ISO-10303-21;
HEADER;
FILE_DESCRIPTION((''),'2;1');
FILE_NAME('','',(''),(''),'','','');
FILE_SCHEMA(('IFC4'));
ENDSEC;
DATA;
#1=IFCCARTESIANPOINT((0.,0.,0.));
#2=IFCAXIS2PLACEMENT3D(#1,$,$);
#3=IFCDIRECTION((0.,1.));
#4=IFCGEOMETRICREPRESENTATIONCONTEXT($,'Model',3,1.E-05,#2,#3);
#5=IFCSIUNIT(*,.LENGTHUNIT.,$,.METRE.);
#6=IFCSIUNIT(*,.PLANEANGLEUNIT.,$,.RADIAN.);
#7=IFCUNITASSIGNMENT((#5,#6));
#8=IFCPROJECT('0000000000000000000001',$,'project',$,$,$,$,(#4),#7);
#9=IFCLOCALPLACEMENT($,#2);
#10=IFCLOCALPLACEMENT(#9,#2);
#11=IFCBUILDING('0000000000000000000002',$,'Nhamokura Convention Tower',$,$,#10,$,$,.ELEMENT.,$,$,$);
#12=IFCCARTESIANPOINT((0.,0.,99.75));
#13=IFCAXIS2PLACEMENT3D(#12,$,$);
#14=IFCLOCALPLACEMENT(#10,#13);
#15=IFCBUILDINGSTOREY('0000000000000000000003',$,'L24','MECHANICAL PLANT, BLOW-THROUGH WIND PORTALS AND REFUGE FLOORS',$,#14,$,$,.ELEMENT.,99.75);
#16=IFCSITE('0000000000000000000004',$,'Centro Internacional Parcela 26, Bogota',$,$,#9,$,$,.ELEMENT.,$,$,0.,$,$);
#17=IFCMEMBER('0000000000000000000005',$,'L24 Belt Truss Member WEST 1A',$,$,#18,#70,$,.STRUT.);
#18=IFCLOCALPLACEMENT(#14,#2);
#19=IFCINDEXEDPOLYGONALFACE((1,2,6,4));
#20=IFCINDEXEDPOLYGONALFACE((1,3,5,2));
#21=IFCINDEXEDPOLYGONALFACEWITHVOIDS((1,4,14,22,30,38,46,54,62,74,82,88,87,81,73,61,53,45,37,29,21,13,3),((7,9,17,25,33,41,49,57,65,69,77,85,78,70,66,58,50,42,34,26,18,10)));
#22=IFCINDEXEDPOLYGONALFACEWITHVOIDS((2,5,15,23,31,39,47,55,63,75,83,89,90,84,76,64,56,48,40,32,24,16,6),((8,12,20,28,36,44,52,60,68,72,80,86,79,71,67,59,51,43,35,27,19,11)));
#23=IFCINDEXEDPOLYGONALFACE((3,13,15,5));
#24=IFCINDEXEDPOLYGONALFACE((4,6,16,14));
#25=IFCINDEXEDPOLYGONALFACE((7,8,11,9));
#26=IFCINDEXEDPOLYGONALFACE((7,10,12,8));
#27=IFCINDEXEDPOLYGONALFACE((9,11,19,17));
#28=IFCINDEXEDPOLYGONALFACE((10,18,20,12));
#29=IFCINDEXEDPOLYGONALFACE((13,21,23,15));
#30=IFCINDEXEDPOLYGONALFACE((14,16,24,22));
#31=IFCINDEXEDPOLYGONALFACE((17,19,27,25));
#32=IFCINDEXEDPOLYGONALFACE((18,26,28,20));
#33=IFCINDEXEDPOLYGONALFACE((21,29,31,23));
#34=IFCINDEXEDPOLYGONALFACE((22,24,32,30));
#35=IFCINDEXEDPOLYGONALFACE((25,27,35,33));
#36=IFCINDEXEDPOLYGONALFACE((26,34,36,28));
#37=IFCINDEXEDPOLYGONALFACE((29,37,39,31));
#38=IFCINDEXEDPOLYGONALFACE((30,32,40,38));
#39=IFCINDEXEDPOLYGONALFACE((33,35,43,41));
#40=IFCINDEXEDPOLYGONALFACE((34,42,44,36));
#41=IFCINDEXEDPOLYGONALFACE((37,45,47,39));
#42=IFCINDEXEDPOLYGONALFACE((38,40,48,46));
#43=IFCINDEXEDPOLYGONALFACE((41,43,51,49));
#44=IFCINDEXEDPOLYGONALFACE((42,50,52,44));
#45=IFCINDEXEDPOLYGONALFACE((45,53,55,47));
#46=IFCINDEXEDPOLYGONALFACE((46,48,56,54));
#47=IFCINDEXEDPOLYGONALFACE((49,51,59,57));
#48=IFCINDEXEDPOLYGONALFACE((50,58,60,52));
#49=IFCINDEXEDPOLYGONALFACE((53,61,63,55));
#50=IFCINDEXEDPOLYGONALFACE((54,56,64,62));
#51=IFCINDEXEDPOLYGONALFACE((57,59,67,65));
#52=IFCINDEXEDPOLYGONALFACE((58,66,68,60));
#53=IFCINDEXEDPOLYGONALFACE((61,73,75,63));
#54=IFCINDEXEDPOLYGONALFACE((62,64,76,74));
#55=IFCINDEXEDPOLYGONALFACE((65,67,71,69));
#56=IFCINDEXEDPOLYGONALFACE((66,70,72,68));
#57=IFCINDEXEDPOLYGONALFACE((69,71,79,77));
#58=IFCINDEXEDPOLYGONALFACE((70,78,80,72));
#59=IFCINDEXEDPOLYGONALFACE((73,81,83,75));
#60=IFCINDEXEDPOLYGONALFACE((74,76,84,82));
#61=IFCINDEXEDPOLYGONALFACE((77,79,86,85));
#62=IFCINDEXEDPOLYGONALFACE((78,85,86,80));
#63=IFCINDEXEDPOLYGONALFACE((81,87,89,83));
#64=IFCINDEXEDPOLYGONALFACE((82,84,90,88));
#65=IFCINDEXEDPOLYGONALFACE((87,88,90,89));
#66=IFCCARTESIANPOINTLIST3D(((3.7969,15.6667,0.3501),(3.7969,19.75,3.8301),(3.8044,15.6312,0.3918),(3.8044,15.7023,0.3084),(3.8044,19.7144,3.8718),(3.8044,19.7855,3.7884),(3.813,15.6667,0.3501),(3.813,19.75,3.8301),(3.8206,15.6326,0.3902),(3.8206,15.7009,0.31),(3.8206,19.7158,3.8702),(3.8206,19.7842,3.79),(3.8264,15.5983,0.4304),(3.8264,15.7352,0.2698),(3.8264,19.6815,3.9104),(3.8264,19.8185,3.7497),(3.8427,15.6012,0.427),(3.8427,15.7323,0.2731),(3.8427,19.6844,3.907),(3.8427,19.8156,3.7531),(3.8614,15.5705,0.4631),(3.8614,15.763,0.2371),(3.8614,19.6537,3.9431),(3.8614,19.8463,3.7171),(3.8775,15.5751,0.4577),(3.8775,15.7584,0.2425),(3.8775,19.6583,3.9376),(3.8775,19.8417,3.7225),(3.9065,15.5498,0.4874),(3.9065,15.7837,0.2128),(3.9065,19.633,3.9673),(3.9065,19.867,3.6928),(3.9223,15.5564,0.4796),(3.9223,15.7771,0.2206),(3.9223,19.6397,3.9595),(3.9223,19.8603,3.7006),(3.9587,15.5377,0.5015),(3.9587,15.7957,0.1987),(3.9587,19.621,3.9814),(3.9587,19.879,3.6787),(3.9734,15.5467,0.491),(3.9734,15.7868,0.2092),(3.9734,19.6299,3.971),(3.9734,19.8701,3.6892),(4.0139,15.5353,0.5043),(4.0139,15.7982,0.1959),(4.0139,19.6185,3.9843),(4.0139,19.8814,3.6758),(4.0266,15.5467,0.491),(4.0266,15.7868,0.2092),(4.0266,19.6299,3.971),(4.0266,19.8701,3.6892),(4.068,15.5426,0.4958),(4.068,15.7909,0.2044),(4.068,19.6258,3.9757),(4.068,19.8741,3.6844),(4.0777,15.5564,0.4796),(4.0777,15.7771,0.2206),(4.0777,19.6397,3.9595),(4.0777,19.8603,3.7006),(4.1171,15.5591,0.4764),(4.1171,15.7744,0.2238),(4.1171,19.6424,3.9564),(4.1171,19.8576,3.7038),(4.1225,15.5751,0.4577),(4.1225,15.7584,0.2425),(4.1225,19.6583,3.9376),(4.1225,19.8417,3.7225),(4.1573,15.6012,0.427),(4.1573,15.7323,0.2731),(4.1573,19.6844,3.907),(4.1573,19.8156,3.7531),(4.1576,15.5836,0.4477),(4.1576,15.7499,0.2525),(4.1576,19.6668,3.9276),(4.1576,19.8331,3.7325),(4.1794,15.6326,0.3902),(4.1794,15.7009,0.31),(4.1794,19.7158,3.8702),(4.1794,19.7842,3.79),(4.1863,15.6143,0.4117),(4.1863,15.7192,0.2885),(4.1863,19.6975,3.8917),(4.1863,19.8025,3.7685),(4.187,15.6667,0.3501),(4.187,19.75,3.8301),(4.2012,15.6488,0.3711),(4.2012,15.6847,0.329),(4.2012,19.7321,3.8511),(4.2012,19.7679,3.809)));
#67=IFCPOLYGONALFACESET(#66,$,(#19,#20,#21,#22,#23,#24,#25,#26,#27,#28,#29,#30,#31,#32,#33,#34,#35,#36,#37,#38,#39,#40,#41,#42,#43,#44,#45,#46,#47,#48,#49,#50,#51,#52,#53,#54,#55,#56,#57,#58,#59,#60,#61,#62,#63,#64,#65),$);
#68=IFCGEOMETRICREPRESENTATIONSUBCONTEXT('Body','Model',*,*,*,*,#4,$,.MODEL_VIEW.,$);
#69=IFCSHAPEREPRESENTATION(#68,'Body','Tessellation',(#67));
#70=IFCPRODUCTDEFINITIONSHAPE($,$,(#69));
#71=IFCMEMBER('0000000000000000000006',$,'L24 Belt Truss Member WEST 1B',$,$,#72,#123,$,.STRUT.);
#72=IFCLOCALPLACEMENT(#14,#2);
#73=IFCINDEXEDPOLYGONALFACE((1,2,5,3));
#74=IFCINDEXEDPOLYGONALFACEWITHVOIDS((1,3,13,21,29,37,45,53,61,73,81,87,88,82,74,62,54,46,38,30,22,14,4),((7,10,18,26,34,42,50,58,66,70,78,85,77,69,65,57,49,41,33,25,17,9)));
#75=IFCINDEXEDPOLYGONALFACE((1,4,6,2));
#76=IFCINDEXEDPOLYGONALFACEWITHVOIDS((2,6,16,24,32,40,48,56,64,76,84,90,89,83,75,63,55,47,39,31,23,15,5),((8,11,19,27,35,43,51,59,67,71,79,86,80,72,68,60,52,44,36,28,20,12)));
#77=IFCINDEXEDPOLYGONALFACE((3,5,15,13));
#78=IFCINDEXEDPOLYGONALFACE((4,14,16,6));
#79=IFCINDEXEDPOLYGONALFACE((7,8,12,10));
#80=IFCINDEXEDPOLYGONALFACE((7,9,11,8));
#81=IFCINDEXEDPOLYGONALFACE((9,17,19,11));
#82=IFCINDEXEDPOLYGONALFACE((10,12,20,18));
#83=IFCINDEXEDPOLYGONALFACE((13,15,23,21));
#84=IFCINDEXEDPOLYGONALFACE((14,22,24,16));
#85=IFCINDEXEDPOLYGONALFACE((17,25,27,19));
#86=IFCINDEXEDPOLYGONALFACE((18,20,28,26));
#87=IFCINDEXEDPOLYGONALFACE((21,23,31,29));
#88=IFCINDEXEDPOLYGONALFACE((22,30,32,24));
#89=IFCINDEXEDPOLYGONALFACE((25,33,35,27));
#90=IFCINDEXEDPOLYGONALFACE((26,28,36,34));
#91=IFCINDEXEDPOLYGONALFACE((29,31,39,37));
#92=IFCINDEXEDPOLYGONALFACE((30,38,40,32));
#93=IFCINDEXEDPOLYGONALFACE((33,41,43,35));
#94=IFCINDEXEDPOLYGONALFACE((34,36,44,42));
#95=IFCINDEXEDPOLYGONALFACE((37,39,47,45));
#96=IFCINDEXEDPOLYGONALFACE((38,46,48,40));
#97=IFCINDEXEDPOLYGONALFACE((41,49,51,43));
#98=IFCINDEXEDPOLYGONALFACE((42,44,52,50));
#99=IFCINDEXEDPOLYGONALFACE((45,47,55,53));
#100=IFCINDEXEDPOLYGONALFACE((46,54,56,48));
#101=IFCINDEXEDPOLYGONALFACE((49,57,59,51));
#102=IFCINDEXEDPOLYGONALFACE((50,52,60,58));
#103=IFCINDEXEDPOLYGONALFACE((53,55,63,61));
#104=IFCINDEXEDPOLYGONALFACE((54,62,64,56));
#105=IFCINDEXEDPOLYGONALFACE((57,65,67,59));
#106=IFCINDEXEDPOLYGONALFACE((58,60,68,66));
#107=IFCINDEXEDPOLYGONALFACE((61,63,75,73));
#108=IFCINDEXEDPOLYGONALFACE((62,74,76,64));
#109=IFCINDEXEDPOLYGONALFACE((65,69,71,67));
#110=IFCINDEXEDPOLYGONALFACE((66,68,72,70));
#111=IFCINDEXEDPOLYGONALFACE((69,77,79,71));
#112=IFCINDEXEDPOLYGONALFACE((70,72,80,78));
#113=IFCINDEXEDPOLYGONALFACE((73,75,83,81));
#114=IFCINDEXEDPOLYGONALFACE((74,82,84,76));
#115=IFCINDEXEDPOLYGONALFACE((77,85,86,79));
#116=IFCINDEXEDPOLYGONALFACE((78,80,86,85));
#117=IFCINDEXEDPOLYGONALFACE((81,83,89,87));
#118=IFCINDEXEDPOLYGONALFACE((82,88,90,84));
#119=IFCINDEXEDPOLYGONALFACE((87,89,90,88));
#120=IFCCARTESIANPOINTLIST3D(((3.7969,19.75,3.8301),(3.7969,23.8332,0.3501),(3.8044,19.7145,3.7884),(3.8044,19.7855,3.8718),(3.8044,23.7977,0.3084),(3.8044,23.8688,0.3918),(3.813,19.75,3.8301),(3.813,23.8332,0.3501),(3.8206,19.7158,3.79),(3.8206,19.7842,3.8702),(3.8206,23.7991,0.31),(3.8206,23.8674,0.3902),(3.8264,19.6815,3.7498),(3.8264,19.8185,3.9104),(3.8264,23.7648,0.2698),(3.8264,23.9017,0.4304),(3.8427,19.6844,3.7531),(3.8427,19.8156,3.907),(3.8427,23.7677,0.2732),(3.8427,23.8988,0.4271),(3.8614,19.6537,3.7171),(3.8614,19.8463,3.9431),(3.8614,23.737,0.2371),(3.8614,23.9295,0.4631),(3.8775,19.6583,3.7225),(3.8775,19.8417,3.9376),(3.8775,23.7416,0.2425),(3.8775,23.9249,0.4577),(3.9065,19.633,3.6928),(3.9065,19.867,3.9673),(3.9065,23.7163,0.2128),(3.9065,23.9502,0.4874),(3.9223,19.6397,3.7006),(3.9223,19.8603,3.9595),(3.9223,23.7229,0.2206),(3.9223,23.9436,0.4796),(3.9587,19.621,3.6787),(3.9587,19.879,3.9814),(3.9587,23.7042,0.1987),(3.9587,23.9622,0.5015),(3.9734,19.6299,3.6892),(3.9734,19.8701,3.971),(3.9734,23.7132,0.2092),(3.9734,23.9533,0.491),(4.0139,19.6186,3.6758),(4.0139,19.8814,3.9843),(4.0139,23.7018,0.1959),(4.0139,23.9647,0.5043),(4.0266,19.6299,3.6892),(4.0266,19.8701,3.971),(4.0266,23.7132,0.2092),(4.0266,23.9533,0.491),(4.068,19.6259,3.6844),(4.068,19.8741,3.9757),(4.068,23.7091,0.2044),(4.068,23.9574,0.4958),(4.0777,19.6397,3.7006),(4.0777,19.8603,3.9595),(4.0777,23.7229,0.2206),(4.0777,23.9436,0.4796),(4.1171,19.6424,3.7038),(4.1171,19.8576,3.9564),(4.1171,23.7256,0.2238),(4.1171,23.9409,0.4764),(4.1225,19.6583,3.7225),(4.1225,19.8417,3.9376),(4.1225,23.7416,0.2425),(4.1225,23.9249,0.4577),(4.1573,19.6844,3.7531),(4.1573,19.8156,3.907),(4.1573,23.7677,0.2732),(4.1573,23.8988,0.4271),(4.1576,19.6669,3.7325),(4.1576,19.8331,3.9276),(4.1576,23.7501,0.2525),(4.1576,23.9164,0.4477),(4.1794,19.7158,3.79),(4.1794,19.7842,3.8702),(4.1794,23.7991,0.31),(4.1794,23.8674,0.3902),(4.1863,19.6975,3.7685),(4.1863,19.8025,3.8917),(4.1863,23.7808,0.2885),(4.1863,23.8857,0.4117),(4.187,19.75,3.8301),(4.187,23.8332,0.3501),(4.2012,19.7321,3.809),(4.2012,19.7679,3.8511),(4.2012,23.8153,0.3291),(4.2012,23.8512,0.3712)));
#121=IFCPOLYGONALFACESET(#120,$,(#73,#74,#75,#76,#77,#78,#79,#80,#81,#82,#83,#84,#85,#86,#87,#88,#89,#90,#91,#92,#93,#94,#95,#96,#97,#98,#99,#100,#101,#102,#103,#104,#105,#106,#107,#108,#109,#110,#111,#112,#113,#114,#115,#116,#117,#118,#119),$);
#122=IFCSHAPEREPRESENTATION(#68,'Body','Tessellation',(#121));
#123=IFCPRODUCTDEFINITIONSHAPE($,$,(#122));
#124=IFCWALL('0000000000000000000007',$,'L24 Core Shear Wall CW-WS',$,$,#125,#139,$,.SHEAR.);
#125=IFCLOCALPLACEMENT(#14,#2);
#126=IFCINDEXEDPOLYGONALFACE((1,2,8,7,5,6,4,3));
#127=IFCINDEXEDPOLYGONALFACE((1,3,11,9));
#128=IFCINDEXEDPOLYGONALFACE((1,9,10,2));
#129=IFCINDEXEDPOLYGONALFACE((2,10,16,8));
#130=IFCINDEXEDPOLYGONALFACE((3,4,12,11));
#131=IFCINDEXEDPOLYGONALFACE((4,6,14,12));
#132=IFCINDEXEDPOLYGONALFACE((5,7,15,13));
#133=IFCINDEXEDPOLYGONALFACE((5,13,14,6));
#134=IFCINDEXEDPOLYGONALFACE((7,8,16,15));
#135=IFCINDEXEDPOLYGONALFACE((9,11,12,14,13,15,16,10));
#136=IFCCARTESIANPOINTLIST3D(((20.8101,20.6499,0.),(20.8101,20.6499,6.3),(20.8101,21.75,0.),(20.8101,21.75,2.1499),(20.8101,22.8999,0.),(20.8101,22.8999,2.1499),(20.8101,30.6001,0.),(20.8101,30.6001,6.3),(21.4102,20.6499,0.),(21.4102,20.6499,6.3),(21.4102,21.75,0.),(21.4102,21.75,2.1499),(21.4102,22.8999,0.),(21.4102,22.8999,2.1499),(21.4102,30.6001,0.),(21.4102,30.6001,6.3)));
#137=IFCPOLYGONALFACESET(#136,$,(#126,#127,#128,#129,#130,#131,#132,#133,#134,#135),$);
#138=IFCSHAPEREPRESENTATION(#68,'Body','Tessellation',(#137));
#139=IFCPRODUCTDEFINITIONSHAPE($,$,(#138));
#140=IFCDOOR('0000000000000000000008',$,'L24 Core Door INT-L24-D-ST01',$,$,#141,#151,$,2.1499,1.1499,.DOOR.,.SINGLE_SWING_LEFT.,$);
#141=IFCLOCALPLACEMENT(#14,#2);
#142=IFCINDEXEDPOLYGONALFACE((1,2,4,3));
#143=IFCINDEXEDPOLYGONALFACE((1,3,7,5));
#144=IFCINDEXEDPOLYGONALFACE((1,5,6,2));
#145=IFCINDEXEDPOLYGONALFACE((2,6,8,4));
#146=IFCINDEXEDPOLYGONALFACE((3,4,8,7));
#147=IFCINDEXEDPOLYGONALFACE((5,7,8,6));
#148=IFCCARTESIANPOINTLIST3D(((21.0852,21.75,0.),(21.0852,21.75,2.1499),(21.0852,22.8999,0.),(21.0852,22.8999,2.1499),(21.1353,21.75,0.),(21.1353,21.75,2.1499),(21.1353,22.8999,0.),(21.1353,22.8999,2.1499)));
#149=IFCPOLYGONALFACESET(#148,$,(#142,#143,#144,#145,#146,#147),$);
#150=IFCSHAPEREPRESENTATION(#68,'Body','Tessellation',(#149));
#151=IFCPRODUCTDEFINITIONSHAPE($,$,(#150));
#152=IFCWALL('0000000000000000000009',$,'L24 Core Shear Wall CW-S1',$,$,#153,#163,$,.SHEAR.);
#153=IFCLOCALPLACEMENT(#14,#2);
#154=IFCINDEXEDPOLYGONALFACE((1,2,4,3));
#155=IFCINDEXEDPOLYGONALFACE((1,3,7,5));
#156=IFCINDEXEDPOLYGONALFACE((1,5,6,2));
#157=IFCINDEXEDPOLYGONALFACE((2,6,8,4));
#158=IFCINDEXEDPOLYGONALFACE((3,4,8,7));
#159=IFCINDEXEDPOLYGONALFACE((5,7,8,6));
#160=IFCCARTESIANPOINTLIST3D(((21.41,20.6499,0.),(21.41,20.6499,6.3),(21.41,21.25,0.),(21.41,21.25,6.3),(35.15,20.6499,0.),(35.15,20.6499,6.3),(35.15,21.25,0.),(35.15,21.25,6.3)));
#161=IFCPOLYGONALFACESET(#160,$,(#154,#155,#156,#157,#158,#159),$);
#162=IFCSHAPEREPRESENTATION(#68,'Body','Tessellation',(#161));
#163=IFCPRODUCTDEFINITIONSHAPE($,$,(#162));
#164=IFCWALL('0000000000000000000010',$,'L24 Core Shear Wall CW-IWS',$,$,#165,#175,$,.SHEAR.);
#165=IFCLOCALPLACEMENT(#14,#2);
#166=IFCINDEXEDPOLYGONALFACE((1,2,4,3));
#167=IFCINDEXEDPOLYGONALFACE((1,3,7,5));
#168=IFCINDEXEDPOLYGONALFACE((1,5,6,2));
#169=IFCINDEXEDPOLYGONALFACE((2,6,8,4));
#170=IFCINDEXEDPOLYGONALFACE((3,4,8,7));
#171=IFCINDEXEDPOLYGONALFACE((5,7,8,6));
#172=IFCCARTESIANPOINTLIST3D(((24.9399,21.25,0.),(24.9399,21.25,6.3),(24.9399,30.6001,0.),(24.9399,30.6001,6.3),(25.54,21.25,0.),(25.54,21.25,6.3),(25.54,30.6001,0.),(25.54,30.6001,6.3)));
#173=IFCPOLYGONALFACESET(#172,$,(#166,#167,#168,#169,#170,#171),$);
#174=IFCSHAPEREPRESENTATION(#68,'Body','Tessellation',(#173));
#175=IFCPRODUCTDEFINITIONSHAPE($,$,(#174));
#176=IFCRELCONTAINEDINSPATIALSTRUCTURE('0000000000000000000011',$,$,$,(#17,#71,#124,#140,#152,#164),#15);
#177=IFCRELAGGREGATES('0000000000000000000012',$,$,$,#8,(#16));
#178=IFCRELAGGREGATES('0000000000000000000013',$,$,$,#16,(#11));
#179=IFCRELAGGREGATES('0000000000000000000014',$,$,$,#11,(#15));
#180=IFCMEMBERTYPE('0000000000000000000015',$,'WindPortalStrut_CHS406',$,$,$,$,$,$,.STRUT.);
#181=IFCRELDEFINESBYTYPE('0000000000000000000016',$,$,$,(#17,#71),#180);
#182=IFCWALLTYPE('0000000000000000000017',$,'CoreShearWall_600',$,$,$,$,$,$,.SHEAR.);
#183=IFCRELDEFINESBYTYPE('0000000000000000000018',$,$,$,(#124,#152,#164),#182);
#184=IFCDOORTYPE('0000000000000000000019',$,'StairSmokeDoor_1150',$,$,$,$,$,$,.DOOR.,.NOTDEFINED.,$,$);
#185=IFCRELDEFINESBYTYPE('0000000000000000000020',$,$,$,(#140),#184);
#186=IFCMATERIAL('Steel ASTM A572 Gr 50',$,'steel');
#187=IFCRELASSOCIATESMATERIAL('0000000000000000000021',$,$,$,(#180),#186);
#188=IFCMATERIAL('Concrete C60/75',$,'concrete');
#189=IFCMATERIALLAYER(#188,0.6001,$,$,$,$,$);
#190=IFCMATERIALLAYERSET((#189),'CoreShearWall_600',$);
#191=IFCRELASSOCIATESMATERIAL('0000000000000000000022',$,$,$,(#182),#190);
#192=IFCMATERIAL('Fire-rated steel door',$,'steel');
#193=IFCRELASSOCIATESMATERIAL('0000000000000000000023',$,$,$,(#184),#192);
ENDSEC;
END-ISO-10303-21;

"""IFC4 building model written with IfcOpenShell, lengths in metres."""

from ifc_helpers import new_model, si_unit, direction, frame, frame_2d, origin, origin_2d, place, context, subcontext, project, spatial, rectangle, hollow_circle, extrude, material, layer, layer_set, material_profile, profile_set, type_object, element, fill, save


model = new_model("IFC4")

# Units and contexts
model_context = context("Model", 3, precision=1e-05, world=origin(), true_north=direction((0.0, 1.0)))
body_context = subcontext(model_context, "Body", "Model", "MODEL_VIEW")
ifc_project = project(units=[si_unit("LENGTHUNIT", "METRE"), si_unit("PLANEANGLEUNIT", "RADIAN")], contexts=[model_context])

# Site, building, storey
site_placement = place(None, origin())
site = spatial("IfcSite", under=ifc_project, at=site_placement, Name="Centro Internacional Parcela 26, Bogota", CompositionType="ELEMENT", RefElevation=0.0)
building_placement = place(site_placement, origin())
building = spatial("IfcBuilding", under=site, at=building_placement, Name="Nhamokura Convention Tower", CompositionType="ELEMENT")
storey_placement = place(building_placement, frame((0.0, 0.0, 99.75)))
storey = spatial("IfcBuildingStorey", under=building, at=storey_placement, Name="L24", Description="MECHANICAL PLANT, BLOW-THROUGH WIND PORTALS AND REFUGE FLOORS", CompositionType="ELEMENT", Elevation=99.75)

# Members
ifc_material_1 = material(Name="Steel ASTM A572 Gr 50", Category="steel")
ifc_material_profile_1 = material_profile(ifc_material_1, hollow_circle(Radius=0.2031, WallThickness=0.0161, at=origin_2d()))
ifc_profile_set_1 = profile_set([ifc_material_profile_1], Name="Steel ASTM A572 Gr 50")
member_type_1 = type_object("IfcMemberType", Name="WindPortalStrut_CHS406", PredefinedType="STRUT", material=ifc_profile_set_1)
for number, where, z_axis, x_axis, name in (
    (1, (4.0, 15.6667, 0.3501), (0.0, 0.761091, 0.648645), (-1.0, 0.0, 0.0), "L24 Belt Truss Member WEST 1A"),
    (2, (4.0, 19.75, 3.8301), (0.0, 0.761091, -0.648645), (-1.0, 0.0, 0.0), "L24 Belt Truss Member WEST 1B"),
):
    element("IfcMember", number, at=place(storey_placement, frame(where, z_axis=z_axis, x_axis=x_axis)), inside=storey, type_object=member_type_1, Name=name, PredefinedType="STRUT", context=body_context, shape_type="SweptSolid", body=[
        extrude(hollow_circle(Radius=0.2031, WallThickness=0.0161, at=origin_2d()), origin(), (0.0, 0.0, 1.0), 5.365),
    ])

# Wall, opening, door
ifc_material_2 = material(Name="Concrete C60/75", Category="concrete")
ifc_layer_1 = layer(ifc_material_2, 0.6001)
ifc_layer_set_1 = layer_set([ifc_layer_1], Name="CoreShearWall_600")
wall_type_1 = type_object("IfcWallType", Name="CoreShearWall_600", PredefinedType="SHEAR", material=ifc_layer_set_1)
wall_1_placement = place(storey_placement, frame((21.1101, 20.6499, 0.0), z_axis=(0.0, 0.0, 1.0), x_axis=(0.0, 1.0, 0.0)))
wall_1 = element("IfcWall", 3, at=wall_1_placement, inside=storey, type_object=wall_type_1, Name="L24 Core Shear Wall CW-WS", PredefinedType="SHEAR", context=body_context, shape_type="SweptSolid", body=[
    extrude(rectangle(XDim=9.9502, YDim=0.6001, at=frame_2d((4.9751, 0.0))), origin(), (0.0, 0.0, 1.0), 6.3),
])
opening_1_placement = place(wall_1_placement, frame((1.1001, 0.0, 0.0)))
opening_1 = element("IfcOpeningElement", 4, at=opening_1_placement, cuts=wall_1, PredefinedType="OPENING", context=body_context, shape_type="SweptSolid", body=[
    extrude(rectangle(XDim=1.1499, YDim=2.1499, at=frame_2d((0.575, 1.075))), frame((0.0, 0.3101, 0.0), z_axis=(0.0, -1.0, 0.0), x_axis=(1.0, 0.0, 0.0)), (0.0, 0.0, 1.0), 0.6201),
])
ifc_material_3 = material(Name="Fire-rated steel door", Category="steel")
door_type_1 = type_object("IfcDoorType", Name="StairSmokeDoor_1150", OperationType="NOTDEFINED", PredefinedType="DOOR", material=ifc_material_3)
door_1_placement = place(opening_1_placement, origin())
door_1 = element("IfcDoor", 5, at=door_1_placement, inside=storey, type_object=door_type_1, Name="L24 Core Door INT-L24-D-ST01", OperationType="SINGLE_SWING_LEFT", OverallHeight=2.1499, OverallWidth=1.1499, PredefinedType="DOOR", context=body_context, shape_type="SweptSolid", body=[
    extrude(rectangle(XDim=1.1499, YDim=2.1499, at=frame_2d((0.575, 1.075))), frame((0.0, 0.0249, 0.0), z_axis=(0.0, -1.0, 0.0), x_axis=(1.0, 0.0, 0.0)), (0.0, 0.0, 1.0), 0.05),
])
fill(opening_1, door_1)

# Walls
wall_2_placement = place(storey_placement, frame((21.4099, 20.95, 0.0), z_axis=(0.0, 0.0, 1.0), x_axis=(1.0, 0.0, 0.0)))
element("IfcWall", 6, at=wall_2_placement, inside=storey, type_object=wall_type_1, Name="L24 Core Shear Wall CW-S1", PredefinedType="SHEAR", context=body_context, shape_type="SweptSolid", body=[
    extrude(rectangle(XDim=13.74, YDim=0.6001, at=frame_2d((6.8701, 0.0))), origin(), (0.0, 0.0, 1.0), 6.3),
])
wall_3_placement = place(storey_placement, frame((25.24, 21.25, 0.0), z_axis=(0.0, 0.0, 1.0), x_axis=(0.0, 1.0, 0.0)))
element("IfcWall", 7, at=wall_3_placement, inside=storey, type_object=wall_type_1, Name="L24 Core Shear Wall CW-IWS", PredefinedType="SHEAR", context=body_context, shape_type="SweptSolid", body=[
    extrude(rectangle(XDim=9.3501, YDim=0.6001, at=frame_2d((4.675, 0.0))), origin(), (0.0, 0.0, 1.0), 6.3),
])

save(model, "model.ifc")
